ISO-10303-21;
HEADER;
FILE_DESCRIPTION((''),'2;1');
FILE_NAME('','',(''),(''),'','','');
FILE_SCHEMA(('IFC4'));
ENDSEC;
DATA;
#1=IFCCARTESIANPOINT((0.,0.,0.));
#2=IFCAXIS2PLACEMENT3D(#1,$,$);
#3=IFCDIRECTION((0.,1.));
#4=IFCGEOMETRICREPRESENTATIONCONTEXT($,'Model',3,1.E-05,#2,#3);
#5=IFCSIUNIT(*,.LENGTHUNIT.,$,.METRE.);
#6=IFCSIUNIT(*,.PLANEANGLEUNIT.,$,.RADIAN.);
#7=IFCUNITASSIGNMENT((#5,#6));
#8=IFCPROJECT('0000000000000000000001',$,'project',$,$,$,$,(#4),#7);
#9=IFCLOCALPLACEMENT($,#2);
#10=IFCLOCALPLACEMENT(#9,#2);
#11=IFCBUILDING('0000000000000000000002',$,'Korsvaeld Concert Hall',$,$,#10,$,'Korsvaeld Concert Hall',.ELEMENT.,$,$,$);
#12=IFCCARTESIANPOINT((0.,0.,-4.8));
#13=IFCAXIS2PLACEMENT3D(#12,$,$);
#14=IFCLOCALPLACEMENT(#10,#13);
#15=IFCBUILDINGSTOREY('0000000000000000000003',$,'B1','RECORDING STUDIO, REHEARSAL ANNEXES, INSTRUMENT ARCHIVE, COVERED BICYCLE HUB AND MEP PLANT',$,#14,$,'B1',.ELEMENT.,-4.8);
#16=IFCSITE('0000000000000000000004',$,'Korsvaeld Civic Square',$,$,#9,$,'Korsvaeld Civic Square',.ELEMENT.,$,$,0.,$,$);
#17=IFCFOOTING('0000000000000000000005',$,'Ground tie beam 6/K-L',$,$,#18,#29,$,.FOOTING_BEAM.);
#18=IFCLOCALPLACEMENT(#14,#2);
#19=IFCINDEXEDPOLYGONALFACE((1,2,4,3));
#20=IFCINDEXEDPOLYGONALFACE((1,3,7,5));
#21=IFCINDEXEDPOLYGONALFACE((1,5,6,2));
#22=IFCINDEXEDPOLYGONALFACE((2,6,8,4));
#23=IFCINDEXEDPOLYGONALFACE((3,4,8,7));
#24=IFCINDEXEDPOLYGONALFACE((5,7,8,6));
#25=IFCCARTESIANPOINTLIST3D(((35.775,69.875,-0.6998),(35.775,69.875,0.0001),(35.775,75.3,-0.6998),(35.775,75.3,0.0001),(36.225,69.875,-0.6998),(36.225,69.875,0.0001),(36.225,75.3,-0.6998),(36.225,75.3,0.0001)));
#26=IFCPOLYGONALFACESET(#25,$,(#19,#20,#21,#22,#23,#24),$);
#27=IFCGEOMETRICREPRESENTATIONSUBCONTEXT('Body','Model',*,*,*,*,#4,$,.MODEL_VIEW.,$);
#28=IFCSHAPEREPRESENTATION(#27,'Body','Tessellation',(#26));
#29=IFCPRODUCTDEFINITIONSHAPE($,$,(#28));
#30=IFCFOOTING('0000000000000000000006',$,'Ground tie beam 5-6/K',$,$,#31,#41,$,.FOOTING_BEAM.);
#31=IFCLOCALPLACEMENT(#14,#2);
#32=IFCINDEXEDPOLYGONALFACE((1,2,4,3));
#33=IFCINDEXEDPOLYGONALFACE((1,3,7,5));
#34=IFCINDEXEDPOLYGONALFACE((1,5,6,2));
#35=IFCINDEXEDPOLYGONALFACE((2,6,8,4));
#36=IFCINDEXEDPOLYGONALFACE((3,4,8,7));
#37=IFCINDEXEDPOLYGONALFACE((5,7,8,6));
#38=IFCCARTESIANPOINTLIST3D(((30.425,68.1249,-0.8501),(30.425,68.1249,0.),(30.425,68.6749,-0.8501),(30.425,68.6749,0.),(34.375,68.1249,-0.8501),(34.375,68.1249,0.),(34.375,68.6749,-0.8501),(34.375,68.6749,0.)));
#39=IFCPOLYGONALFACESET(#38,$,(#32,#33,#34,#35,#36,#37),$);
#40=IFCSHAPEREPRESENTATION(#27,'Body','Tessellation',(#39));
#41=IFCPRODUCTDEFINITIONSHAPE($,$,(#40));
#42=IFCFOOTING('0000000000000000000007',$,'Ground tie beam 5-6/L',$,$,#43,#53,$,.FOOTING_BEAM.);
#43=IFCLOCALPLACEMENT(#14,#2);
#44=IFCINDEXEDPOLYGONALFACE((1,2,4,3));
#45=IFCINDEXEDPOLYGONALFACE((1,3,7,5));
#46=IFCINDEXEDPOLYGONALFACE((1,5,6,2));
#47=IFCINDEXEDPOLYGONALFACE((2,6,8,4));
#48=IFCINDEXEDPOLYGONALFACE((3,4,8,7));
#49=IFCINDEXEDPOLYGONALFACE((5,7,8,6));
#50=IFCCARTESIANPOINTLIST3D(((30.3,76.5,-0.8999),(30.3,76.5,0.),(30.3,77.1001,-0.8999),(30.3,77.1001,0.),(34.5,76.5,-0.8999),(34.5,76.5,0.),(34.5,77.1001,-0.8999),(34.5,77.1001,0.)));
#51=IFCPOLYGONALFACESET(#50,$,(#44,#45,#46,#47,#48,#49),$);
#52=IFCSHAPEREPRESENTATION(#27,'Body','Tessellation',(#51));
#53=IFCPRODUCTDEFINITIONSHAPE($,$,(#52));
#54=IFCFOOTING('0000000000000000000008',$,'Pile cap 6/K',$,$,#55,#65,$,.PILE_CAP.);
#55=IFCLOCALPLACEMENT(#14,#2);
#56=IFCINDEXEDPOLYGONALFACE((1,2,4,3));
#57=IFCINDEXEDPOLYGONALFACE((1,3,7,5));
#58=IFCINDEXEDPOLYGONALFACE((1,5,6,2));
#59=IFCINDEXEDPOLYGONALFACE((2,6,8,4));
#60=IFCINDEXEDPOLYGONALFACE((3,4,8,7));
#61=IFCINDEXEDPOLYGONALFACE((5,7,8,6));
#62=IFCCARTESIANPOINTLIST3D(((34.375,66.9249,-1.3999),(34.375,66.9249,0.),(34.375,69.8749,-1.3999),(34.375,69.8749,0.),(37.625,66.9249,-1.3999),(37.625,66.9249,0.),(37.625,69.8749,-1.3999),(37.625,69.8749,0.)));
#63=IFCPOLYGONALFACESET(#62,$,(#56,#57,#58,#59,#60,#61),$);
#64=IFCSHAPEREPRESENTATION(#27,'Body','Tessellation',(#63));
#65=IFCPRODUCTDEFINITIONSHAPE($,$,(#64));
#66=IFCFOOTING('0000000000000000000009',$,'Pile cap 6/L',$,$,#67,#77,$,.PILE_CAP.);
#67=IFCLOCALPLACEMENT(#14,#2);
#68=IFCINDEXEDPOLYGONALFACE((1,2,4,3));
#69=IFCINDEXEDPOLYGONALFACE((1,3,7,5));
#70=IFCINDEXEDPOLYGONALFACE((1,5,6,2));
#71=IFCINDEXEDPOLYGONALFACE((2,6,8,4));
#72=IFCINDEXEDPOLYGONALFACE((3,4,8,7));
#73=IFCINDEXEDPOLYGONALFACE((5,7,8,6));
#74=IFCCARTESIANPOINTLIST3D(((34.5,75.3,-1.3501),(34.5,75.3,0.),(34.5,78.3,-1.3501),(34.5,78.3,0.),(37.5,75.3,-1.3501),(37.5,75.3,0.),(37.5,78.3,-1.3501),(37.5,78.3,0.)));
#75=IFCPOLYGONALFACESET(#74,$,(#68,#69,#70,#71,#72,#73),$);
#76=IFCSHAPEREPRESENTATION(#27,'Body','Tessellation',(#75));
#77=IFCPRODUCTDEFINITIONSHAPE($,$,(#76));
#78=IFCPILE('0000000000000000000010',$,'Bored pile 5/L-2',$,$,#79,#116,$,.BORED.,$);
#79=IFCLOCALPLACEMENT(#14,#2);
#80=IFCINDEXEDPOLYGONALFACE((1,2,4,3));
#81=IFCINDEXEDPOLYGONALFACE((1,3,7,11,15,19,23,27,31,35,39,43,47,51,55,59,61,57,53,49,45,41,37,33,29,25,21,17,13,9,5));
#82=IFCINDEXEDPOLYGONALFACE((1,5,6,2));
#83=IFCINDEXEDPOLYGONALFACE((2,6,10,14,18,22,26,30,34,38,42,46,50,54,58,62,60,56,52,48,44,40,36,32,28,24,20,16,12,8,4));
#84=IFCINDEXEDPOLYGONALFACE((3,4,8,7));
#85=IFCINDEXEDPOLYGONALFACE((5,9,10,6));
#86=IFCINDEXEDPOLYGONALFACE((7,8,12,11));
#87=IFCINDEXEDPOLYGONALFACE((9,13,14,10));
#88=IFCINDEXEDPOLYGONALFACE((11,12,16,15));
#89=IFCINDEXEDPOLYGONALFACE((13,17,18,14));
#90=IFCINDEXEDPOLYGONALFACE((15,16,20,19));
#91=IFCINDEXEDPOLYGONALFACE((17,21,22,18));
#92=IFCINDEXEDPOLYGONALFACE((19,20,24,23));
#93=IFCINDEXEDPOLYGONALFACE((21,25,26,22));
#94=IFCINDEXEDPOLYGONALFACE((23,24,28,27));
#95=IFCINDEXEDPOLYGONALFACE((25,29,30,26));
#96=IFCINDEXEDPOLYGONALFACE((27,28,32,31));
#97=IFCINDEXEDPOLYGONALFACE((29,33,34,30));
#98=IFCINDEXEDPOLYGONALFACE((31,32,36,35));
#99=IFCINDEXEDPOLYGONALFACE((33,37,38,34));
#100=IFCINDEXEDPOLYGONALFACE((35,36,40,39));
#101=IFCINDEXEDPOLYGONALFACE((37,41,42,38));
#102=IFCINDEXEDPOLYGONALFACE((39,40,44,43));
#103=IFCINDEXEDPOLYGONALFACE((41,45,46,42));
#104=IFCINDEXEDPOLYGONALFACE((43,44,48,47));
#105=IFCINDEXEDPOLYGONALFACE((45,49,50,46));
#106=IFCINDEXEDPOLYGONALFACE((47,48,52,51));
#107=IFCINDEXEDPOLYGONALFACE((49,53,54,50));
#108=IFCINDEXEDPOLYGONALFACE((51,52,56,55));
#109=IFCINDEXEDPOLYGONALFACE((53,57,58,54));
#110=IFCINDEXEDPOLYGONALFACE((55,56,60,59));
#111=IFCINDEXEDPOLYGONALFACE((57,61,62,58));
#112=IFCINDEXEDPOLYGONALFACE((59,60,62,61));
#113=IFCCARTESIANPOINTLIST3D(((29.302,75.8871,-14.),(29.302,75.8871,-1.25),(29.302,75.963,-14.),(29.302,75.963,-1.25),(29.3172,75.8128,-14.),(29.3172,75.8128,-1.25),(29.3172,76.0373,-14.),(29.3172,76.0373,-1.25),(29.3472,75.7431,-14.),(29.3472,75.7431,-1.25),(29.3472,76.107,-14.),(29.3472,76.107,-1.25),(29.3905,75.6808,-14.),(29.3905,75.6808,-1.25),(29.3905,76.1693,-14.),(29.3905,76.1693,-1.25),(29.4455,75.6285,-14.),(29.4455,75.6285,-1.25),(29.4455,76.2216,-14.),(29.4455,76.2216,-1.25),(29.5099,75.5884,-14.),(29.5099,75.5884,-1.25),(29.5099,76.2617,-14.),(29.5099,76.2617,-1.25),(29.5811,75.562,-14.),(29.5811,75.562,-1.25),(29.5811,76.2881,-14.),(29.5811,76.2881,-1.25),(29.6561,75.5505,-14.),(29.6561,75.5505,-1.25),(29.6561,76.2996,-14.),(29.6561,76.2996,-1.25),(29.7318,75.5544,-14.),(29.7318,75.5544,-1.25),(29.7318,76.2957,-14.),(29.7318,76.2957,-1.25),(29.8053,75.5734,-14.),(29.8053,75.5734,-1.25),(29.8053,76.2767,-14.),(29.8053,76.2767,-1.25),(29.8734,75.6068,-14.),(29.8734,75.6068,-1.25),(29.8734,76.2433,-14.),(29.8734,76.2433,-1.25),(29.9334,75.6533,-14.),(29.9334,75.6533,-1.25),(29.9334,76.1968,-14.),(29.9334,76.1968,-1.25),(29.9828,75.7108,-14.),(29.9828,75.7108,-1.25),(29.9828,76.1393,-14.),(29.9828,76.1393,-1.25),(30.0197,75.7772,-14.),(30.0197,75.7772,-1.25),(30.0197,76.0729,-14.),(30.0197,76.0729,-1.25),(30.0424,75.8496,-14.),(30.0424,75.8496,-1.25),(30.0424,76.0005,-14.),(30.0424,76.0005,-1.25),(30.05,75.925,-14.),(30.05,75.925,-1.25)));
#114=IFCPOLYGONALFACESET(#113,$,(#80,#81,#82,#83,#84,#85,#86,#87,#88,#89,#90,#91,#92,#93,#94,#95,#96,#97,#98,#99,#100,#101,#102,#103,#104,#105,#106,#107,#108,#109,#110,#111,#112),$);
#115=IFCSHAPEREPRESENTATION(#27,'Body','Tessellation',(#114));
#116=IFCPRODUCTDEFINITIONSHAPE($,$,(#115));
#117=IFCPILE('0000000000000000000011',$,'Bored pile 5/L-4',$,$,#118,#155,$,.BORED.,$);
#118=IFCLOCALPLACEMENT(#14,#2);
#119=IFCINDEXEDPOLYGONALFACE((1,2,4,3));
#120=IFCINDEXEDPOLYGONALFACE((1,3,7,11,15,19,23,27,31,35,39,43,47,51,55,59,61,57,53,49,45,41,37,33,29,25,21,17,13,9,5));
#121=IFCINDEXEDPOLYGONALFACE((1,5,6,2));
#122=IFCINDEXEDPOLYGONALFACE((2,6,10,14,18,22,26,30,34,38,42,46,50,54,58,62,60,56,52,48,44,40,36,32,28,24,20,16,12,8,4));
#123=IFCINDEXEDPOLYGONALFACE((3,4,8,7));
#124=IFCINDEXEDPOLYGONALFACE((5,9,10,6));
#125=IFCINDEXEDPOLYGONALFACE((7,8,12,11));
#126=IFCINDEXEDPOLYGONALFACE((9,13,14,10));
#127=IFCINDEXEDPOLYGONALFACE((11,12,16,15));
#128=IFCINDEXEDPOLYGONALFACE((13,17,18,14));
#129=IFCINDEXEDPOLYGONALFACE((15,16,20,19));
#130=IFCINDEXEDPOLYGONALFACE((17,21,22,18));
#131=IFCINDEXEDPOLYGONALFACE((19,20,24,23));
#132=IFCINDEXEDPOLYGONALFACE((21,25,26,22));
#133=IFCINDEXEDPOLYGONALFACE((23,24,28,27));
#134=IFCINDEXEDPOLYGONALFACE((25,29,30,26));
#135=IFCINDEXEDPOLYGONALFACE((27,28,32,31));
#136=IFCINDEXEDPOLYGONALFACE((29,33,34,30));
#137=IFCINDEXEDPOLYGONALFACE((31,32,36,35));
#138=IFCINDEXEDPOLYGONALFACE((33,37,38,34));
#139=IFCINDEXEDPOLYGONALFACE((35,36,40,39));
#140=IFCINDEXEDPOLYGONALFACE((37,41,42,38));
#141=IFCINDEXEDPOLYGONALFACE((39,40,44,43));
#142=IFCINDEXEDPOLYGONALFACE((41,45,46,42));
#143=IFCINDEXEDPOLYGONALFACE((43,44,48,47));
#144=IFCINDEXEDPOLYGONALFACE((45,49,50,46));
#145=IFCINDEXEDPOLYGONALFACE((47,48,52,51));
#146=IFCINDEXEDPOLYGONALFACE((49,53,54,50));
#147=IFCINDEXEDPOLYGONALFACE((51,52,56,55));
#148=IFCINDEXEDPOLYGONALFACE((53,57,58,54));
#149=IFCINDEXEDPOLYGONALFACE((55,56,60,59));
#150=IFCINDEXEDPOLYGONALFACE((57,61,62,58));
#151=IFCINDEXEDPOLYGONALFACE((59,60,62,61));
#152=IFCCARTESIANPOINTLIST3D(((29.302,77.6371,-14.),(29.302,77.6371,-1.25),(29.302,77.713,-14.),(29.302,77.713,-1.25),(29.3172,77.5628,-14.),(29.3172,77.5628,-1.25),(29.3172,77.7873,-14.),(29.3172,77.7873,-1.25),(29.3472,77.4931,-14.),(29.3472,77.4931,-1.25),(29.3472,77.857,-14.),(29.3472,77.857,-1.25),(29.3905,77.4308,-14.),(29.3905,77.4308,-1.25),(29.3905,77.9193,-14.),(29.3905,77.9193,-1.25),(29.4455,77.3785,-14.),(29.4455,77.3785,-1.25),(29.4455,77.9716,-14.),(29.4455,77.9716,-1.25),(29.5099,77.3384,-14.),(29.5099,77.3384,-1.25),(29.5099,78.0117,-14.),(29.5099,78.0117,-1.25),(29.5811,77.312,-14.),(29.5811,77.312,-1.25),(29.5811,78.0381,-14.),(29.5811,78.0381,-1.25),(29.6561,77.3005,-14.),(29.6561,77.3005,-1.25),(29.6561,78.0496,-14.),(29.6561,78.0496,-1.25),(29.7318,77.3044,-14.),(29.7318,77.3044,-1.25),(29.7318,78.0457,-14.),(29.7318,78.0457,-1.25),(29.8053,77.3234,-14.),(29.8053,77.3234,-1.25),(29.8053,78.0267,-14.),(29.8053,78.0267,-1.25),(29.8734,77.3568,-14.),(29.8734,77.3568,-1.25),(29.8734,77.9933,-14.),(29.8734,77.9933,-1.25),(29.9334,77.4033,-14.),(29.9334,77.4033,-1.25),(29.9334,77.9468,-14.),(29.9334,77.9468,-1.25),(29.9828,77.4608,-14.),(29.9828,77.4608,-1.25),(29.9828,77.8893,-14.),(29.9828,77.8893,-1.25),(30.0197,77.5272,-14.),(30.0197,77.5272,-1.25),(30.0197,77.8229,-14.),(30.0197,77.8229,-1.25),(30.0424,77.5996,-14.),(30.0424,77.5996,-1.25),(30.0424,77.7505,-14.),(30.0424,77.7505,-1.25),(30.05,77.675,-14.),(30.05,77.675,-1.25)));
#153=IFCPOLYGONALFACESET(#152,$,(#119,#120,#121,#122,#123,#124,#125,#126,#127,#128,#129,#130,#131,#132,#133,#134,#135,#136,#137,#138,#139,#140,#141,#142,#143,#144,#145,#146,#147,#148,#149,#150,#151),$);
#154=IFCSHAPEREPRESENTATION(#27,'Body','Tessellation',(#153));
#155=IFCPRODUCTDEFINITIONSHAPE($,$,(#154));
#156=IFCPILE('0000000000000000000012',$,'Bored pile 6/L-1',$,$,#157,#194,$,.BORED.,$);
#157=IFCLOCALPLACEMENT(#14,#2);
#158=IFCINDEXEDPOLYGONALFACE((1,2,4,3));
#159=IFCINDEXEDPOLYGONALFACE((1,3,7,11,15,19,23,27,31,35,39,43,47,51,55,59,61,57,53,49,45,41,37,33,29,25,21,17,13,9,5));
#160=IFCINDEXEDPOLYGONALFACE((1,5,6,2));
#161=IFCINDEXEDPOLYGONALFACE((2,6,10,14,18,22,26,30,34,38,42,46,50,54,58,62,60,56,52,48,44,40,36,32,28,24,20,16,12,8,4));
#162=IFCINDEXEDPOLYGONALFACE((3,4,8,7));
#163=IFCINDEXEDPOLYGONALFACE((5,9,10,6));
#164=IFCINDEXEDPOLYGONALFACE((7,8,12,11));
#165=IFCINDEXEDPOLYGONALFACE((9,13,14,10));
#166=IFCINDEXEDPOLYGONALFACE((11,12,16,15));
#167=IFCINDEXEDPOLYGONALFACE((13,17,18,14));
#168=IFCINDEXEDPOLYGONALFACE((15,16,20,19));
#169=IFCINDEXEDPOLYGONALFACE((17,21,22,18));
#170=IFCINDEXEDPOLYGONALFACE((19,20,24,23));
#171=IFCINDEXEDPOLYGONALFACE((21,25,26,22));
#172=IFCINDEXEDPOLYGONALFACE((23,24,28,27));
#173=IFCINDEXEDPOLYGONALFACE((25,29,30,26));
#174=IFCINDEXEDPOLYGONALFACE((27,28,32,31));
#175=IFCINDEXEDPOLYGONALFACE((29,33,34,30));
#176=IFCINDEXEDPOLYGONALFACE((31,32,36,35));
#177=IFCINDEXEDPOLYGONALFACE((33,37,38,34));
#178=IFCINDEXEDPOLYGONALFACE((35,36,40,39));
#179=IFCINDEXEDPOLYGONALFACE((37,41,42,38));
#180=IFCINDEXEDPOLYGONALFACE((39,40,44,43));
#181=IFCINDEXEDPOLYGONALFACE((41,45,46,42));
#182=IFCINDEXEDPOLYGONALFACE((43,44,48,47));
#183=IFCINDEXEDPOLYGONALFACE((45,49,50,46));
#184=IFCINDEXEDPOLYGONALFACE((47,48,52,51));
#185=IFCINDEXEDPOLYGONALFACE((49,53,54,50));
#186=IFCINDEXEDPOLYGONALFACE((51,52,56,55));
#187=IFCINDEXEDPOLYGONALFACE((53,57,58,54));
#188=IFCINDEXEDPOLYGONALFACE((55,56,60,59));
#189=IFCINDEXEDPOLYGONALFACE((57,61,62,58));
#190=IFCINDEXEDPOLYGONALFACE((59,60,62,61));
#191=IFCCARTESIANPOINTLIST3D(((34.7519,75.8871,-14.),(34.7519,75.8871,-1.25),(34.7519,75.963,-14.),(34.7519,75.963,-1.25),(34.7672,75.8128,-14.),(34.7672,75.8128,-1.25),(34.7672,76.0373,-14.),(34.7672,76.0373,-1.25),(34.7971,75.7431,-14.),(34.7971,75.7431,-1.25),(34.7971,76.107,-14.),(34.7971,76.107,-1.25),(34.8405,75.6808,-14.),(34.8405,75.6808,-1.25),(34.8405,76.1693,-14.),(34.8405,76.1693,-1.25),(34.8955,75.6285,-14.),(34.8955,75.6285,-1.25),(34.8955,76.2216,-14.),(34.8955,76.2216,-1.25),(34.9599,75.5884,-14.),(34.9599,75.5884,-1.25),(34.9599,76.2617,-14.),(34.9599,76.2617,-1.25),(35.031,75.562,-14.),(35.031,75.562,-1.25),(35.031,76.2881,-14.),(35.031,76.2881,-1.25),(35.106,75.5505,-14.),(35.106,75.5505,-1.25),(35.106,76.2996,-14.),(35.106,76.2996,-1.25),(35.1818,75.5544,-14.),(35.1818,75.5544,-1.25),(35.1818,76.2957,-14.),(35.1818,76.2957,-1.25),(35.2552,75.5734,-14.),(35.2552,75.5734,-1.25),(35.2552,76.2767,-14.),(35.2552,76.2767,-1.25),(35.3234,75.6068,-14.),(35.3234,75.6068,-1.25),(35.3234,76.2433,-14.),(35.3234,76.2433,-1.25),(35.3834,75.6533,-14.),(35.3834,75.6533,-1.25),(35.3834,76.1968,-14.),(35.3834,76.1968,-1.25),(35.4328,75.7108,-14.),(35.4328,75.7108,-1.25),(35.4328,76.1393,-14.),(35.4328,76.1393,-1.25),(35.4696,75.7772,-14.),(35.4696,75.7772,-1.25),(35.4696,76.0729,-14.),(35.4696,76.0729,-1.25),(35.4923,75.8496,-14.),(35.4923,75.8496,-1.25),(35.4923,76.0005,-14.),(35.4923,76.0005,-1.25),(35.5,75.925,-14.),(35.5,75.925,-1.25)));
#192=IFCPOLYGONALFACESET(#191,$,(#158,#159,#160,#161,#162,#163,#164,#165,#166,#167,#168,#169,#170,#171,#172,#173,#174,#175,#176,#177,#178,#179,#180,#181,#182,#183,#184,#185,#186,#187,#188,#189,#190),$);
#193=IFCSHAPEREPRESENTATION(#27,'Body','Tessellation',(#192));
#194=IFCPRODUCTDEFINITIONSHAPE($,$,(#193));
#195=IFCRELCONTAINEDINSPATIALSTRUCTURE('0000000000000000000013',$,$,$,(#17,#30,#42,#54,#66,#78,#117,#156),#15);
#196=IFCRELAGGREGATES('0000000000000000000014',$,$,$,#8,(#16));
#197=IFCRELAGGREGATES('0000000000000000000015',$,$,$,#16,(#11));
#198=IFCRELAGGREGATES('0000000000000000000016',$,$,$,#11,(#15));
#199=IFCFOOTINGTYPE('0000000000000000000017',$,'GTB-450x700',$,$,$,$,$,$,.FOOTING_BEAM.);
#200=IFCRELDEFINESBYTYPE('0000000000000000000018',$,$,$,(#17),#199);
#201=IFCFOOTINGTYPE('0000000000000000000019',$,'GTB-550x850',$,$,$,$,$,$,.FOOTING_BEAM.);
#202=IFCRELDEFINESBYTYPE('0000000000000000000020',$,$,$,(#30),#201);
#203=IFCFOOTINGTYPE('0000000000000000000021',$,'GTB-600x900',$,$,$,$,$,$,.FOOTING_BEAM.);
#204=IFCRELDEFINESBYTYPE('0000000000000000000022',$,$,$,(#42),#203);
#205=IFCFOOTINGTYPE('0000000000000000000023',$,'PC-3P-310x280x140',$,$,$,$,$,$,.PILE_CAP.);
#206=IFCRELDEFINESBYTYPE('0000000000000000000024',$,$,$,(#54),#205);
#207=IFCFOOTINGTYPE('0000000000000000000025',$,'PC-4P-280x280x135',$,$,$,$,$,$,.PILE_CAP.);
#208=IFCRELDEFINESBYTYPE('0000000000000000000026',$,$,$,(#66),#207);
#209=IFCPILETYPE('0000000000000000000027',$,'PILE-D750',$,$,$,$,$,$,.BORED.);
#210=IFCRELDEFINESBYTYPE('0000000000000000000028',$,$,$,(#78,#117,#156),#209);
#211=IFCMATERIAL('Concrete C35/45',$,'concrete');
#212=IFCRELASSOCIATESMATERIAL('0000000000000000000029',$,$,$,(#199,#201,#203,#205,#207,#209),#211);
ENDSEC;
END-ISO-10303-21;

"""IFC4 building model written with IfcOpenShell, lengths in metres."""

from ifc_helpers import new_model, si_unit, direction, frame, origin, origin_2d, place, context, subcontext, project, spatial, rectangle, circle, extrude, material, material_profile, profile_set, type_object, element, save


model = new_model("IFC4")

# Units and contexts
model_context = context("Model", 3, precision=1e-05, world=origin(), true_north=direction((0.0, 1.0)))
body_context = subcontext(model_context, "Body", "Model", "MODEL_VIEW")
ifc_project = project(units=[si_unit("LENGTHUNIT", "METRE"), si_unit("PLANEANGLEUNIT", "RADIAN")], contexts=[model_context])

# Site, building, storey
site_placement = place(None, origin())
site = spatial("IfcSite", under=ifc_project, at=site_placement, Name="Korsvaeld Civic Square", LongName="Korsvaeld Civic Square", CompositionType="ELEMENT", RefElevation=0.0)
building_placement = place(site_placement, origin())
building = spatial("IfcBuilding", under=site, at=building_placement, Name="Korsvaeld Concert Hall", LongName="Korsvaeld Concert Hall", CompositionType="ELEMENT")
storey_placement = place(building_placement, frame((0.0, 0.0, -4.8)))
storey = spatial("IfcBuildingStorey", under=building, at=storey_placement, Name="B1", Description="RECORDING STUDIO, REHEARSAL ANNEXES, INSTRUMENT ARCHIVE, COVERED BICYCLE HUB AND MEP PLANT", LongName="B1", CompositionType="ELEMENT", Elevation=-4.8)

# Footings
ifc_material_1 = material(Name="Concrete C35/45", Category="concrete")
ifc_material_profile_1 = material_profile(ifc_material_1, rectangle(XDim=0.45, YDim=0.7, at=origin_2d()), Name="GTB 450x700")
ifc_profile_set_1 = profile_set([ifc_material_profile_1], Name="Concrete C35/45")
footing_type_1 = type_object("IfcFootingType", Name="GTB-450x700", PredefinedType="FOOTING_BEAM", material=ifc_profile_set_1)
footing_1_placement = place(storey_placement, frame((36.0, 69.875, -0.3499), z_axis=(0.0, 1.0, 0.0), x_axis=(-1.0, 0.0, 0.0)))
element("IfcFooting", 1, at=footing_1_placement, inside=storey, type_object=footing_type_1, Name="Ground tie beam 6/K-L", PredefinedType="FOOTING_BEAM", context=body_context, shape_type="SweptSolid", body=[
    extrude(rectangle(XDim=0.45, YDim=0.7, at=origin_2d()), origin(), (0.0, 0.0, 1.0), 5.425),
])
ifc_material_profile_2 = material_profile(ifc_material_1, rectangle(XDim=0.55, YDim=0.8501, at=origin_2d()), Name="GTB 550x850")
ifc_profile_set_2 = profile_set([ifc_material_profile_2], Name="Concrete C35/45")
footing_type_2 = type_object("IfcFootingType", Name="GTB-550x850", PredefinedType="FOOTING_BEAM", material=ifc_profile_set_2)
footing_2_placement = place(storey_placement, frame((30.425, 68.3999, -0.425), z_axis=(1.0, 0.0, 0.0), x_axis=(0.0, 1.0, 0.0)))
element("IfcFooting", 2, at=footing_2_placement, inside=storey, type_object=footing_type_2, Name="Ground tie beam 5-6/K", PredefinedType="FOOTING_BEAM", context=body_context, shape_type="SweptSolid", body=[
    extrude(rectangle(XDim=0.55, YDim=0.8501, at=origin_2d()), origin(), (0.0, 0.0, 1.0), 3.95),
])
ifc_material_profile_3 = material_profile(ifc_material_1, rectangle(XDim=0.6001, YDim=0.8999, at=origin_2d()), Name="GTB 600x900")
ifc_profile_set_3 = profile_set([ifc_material_profile_3], Name="Concrete C35/45")
footing_type_3 = type_object("IfcFootingType", Name="GTB-600x900", PredefinedType="FOOTING_BEAM", material=ifc_profile_set_3)
footing_3_placement = place(storey_placement, frame((30.3, 76.8, -0.45), z_axis=(1.0, 0.0, 0.0), x_axis=(0.0, 1.0, 0.0)))
element("IfcFooting", 3, at=footing_3_placement, inside=storey, type_object=footing_type_3, Name="Ground tie beam 5-6/L", PredefinedType="FOOTING_BEAM", context=body_context, shape_type="SweptSolid", body=[
    extrude(rectangle(XDim=0.6001, YDim=0.8999, at=origin_2d()), origin(), (0.0, 0.0, 1.0), 4.2),
])
footing_type_4 = type_object("IfcFootingType", Name="PC-3P-310x280x140", PredefinedType="PILE_CAP", material=ifc_material_1)
footing_4_placement = place(storey_placement, frame((36.0, 68.3999, -1.3999), z_axis=(0.0, 0.0, 1.0), x_axis=(1.0, 0.0, 0.0)))
element("IfcFooting", 4, at=footing_4_placement, inside=storey, type_object=footing_type_4, Name="Pile cap 6/K", PredefinedType="PILE_CAP", context=body_context, shape_type="SweptSolid", body=[
    extrude(rectangle(XDim=3.25, YDim=2.95, at=origin_2d()), origin(), (0.0, 0.0, 1.0), 1.3999),
])
footing_type_5 = type_object("IfcFootingType", Name="PC-4P-280x280x135", PredefinedType="PILE_CAP", material=ifc_material_1)
footing_5_placement = place(storey_placement, frame((36.0, 76.8, -1.3501), z_axis=(0.0, 0.0, 1.0), x_axis=(1.0, 0.0, 0.0)))
element("IfcFooting", 5, at=footing_5_placement, inside=storey, type_object=footing_type_5, Name="Pile cap 6/L", PredefinedType="PILE_CAP", context=body_context, shape_type="SweptSolid", body=[
    extrude(rectangle(XDim=3.0, YDim=3.0, at=origin_2d()), origin(), (0.0, 0.0, 1.0), 1.3501),
])

# Piles
ifc_material_profile_4 = material_profile(ifc_material_1, circle(Radius=0.375, at=origin_2d()), Name="BORED PILE D750")
ifc_profile_set_4 = profile_set([ifc_material_profile_4], Name="Concrete C35/45")
pile_type_1 = type_object("IfcPileType", Name="PILE-D750", PredefinedType="BORED", material=ifc_profile_set_4)
for number, where, z_axis, x_axis, name in (
    (6, (29.675, 75.925, -1.25), (0.0, 0.0, -1.0), (1.0, 0.0, 0.0), "Bored pile 5/L-2"),
    (7, (29.675, 77.675, -1.25), (0.0, 0.0, -1.0), (1.0, 0.0, 0.0), "Bored pile 5/L-4"),
    (8, (35.125, 75.925, -1.25), (0.0, 0.0, -1.0), (1.0, 0.0, 0.0), "Bored pile 6/L-1"),
):
    element("IfcPile", number, at=place(storey_placement, frame(where, z_axis=z_axis, x_axis=x_axis)), inside=storey, type_object=pile_type_1, Name=name, PredefinedType="BORED", context=body_context, shape_type="SweptSolid", body=[
        extrude(circle(Radius=0.375, at=origin_2d()), origin(), (0.0, 0.0, 1.0), 12.75),
    ])

save(model, "model.ifc")
